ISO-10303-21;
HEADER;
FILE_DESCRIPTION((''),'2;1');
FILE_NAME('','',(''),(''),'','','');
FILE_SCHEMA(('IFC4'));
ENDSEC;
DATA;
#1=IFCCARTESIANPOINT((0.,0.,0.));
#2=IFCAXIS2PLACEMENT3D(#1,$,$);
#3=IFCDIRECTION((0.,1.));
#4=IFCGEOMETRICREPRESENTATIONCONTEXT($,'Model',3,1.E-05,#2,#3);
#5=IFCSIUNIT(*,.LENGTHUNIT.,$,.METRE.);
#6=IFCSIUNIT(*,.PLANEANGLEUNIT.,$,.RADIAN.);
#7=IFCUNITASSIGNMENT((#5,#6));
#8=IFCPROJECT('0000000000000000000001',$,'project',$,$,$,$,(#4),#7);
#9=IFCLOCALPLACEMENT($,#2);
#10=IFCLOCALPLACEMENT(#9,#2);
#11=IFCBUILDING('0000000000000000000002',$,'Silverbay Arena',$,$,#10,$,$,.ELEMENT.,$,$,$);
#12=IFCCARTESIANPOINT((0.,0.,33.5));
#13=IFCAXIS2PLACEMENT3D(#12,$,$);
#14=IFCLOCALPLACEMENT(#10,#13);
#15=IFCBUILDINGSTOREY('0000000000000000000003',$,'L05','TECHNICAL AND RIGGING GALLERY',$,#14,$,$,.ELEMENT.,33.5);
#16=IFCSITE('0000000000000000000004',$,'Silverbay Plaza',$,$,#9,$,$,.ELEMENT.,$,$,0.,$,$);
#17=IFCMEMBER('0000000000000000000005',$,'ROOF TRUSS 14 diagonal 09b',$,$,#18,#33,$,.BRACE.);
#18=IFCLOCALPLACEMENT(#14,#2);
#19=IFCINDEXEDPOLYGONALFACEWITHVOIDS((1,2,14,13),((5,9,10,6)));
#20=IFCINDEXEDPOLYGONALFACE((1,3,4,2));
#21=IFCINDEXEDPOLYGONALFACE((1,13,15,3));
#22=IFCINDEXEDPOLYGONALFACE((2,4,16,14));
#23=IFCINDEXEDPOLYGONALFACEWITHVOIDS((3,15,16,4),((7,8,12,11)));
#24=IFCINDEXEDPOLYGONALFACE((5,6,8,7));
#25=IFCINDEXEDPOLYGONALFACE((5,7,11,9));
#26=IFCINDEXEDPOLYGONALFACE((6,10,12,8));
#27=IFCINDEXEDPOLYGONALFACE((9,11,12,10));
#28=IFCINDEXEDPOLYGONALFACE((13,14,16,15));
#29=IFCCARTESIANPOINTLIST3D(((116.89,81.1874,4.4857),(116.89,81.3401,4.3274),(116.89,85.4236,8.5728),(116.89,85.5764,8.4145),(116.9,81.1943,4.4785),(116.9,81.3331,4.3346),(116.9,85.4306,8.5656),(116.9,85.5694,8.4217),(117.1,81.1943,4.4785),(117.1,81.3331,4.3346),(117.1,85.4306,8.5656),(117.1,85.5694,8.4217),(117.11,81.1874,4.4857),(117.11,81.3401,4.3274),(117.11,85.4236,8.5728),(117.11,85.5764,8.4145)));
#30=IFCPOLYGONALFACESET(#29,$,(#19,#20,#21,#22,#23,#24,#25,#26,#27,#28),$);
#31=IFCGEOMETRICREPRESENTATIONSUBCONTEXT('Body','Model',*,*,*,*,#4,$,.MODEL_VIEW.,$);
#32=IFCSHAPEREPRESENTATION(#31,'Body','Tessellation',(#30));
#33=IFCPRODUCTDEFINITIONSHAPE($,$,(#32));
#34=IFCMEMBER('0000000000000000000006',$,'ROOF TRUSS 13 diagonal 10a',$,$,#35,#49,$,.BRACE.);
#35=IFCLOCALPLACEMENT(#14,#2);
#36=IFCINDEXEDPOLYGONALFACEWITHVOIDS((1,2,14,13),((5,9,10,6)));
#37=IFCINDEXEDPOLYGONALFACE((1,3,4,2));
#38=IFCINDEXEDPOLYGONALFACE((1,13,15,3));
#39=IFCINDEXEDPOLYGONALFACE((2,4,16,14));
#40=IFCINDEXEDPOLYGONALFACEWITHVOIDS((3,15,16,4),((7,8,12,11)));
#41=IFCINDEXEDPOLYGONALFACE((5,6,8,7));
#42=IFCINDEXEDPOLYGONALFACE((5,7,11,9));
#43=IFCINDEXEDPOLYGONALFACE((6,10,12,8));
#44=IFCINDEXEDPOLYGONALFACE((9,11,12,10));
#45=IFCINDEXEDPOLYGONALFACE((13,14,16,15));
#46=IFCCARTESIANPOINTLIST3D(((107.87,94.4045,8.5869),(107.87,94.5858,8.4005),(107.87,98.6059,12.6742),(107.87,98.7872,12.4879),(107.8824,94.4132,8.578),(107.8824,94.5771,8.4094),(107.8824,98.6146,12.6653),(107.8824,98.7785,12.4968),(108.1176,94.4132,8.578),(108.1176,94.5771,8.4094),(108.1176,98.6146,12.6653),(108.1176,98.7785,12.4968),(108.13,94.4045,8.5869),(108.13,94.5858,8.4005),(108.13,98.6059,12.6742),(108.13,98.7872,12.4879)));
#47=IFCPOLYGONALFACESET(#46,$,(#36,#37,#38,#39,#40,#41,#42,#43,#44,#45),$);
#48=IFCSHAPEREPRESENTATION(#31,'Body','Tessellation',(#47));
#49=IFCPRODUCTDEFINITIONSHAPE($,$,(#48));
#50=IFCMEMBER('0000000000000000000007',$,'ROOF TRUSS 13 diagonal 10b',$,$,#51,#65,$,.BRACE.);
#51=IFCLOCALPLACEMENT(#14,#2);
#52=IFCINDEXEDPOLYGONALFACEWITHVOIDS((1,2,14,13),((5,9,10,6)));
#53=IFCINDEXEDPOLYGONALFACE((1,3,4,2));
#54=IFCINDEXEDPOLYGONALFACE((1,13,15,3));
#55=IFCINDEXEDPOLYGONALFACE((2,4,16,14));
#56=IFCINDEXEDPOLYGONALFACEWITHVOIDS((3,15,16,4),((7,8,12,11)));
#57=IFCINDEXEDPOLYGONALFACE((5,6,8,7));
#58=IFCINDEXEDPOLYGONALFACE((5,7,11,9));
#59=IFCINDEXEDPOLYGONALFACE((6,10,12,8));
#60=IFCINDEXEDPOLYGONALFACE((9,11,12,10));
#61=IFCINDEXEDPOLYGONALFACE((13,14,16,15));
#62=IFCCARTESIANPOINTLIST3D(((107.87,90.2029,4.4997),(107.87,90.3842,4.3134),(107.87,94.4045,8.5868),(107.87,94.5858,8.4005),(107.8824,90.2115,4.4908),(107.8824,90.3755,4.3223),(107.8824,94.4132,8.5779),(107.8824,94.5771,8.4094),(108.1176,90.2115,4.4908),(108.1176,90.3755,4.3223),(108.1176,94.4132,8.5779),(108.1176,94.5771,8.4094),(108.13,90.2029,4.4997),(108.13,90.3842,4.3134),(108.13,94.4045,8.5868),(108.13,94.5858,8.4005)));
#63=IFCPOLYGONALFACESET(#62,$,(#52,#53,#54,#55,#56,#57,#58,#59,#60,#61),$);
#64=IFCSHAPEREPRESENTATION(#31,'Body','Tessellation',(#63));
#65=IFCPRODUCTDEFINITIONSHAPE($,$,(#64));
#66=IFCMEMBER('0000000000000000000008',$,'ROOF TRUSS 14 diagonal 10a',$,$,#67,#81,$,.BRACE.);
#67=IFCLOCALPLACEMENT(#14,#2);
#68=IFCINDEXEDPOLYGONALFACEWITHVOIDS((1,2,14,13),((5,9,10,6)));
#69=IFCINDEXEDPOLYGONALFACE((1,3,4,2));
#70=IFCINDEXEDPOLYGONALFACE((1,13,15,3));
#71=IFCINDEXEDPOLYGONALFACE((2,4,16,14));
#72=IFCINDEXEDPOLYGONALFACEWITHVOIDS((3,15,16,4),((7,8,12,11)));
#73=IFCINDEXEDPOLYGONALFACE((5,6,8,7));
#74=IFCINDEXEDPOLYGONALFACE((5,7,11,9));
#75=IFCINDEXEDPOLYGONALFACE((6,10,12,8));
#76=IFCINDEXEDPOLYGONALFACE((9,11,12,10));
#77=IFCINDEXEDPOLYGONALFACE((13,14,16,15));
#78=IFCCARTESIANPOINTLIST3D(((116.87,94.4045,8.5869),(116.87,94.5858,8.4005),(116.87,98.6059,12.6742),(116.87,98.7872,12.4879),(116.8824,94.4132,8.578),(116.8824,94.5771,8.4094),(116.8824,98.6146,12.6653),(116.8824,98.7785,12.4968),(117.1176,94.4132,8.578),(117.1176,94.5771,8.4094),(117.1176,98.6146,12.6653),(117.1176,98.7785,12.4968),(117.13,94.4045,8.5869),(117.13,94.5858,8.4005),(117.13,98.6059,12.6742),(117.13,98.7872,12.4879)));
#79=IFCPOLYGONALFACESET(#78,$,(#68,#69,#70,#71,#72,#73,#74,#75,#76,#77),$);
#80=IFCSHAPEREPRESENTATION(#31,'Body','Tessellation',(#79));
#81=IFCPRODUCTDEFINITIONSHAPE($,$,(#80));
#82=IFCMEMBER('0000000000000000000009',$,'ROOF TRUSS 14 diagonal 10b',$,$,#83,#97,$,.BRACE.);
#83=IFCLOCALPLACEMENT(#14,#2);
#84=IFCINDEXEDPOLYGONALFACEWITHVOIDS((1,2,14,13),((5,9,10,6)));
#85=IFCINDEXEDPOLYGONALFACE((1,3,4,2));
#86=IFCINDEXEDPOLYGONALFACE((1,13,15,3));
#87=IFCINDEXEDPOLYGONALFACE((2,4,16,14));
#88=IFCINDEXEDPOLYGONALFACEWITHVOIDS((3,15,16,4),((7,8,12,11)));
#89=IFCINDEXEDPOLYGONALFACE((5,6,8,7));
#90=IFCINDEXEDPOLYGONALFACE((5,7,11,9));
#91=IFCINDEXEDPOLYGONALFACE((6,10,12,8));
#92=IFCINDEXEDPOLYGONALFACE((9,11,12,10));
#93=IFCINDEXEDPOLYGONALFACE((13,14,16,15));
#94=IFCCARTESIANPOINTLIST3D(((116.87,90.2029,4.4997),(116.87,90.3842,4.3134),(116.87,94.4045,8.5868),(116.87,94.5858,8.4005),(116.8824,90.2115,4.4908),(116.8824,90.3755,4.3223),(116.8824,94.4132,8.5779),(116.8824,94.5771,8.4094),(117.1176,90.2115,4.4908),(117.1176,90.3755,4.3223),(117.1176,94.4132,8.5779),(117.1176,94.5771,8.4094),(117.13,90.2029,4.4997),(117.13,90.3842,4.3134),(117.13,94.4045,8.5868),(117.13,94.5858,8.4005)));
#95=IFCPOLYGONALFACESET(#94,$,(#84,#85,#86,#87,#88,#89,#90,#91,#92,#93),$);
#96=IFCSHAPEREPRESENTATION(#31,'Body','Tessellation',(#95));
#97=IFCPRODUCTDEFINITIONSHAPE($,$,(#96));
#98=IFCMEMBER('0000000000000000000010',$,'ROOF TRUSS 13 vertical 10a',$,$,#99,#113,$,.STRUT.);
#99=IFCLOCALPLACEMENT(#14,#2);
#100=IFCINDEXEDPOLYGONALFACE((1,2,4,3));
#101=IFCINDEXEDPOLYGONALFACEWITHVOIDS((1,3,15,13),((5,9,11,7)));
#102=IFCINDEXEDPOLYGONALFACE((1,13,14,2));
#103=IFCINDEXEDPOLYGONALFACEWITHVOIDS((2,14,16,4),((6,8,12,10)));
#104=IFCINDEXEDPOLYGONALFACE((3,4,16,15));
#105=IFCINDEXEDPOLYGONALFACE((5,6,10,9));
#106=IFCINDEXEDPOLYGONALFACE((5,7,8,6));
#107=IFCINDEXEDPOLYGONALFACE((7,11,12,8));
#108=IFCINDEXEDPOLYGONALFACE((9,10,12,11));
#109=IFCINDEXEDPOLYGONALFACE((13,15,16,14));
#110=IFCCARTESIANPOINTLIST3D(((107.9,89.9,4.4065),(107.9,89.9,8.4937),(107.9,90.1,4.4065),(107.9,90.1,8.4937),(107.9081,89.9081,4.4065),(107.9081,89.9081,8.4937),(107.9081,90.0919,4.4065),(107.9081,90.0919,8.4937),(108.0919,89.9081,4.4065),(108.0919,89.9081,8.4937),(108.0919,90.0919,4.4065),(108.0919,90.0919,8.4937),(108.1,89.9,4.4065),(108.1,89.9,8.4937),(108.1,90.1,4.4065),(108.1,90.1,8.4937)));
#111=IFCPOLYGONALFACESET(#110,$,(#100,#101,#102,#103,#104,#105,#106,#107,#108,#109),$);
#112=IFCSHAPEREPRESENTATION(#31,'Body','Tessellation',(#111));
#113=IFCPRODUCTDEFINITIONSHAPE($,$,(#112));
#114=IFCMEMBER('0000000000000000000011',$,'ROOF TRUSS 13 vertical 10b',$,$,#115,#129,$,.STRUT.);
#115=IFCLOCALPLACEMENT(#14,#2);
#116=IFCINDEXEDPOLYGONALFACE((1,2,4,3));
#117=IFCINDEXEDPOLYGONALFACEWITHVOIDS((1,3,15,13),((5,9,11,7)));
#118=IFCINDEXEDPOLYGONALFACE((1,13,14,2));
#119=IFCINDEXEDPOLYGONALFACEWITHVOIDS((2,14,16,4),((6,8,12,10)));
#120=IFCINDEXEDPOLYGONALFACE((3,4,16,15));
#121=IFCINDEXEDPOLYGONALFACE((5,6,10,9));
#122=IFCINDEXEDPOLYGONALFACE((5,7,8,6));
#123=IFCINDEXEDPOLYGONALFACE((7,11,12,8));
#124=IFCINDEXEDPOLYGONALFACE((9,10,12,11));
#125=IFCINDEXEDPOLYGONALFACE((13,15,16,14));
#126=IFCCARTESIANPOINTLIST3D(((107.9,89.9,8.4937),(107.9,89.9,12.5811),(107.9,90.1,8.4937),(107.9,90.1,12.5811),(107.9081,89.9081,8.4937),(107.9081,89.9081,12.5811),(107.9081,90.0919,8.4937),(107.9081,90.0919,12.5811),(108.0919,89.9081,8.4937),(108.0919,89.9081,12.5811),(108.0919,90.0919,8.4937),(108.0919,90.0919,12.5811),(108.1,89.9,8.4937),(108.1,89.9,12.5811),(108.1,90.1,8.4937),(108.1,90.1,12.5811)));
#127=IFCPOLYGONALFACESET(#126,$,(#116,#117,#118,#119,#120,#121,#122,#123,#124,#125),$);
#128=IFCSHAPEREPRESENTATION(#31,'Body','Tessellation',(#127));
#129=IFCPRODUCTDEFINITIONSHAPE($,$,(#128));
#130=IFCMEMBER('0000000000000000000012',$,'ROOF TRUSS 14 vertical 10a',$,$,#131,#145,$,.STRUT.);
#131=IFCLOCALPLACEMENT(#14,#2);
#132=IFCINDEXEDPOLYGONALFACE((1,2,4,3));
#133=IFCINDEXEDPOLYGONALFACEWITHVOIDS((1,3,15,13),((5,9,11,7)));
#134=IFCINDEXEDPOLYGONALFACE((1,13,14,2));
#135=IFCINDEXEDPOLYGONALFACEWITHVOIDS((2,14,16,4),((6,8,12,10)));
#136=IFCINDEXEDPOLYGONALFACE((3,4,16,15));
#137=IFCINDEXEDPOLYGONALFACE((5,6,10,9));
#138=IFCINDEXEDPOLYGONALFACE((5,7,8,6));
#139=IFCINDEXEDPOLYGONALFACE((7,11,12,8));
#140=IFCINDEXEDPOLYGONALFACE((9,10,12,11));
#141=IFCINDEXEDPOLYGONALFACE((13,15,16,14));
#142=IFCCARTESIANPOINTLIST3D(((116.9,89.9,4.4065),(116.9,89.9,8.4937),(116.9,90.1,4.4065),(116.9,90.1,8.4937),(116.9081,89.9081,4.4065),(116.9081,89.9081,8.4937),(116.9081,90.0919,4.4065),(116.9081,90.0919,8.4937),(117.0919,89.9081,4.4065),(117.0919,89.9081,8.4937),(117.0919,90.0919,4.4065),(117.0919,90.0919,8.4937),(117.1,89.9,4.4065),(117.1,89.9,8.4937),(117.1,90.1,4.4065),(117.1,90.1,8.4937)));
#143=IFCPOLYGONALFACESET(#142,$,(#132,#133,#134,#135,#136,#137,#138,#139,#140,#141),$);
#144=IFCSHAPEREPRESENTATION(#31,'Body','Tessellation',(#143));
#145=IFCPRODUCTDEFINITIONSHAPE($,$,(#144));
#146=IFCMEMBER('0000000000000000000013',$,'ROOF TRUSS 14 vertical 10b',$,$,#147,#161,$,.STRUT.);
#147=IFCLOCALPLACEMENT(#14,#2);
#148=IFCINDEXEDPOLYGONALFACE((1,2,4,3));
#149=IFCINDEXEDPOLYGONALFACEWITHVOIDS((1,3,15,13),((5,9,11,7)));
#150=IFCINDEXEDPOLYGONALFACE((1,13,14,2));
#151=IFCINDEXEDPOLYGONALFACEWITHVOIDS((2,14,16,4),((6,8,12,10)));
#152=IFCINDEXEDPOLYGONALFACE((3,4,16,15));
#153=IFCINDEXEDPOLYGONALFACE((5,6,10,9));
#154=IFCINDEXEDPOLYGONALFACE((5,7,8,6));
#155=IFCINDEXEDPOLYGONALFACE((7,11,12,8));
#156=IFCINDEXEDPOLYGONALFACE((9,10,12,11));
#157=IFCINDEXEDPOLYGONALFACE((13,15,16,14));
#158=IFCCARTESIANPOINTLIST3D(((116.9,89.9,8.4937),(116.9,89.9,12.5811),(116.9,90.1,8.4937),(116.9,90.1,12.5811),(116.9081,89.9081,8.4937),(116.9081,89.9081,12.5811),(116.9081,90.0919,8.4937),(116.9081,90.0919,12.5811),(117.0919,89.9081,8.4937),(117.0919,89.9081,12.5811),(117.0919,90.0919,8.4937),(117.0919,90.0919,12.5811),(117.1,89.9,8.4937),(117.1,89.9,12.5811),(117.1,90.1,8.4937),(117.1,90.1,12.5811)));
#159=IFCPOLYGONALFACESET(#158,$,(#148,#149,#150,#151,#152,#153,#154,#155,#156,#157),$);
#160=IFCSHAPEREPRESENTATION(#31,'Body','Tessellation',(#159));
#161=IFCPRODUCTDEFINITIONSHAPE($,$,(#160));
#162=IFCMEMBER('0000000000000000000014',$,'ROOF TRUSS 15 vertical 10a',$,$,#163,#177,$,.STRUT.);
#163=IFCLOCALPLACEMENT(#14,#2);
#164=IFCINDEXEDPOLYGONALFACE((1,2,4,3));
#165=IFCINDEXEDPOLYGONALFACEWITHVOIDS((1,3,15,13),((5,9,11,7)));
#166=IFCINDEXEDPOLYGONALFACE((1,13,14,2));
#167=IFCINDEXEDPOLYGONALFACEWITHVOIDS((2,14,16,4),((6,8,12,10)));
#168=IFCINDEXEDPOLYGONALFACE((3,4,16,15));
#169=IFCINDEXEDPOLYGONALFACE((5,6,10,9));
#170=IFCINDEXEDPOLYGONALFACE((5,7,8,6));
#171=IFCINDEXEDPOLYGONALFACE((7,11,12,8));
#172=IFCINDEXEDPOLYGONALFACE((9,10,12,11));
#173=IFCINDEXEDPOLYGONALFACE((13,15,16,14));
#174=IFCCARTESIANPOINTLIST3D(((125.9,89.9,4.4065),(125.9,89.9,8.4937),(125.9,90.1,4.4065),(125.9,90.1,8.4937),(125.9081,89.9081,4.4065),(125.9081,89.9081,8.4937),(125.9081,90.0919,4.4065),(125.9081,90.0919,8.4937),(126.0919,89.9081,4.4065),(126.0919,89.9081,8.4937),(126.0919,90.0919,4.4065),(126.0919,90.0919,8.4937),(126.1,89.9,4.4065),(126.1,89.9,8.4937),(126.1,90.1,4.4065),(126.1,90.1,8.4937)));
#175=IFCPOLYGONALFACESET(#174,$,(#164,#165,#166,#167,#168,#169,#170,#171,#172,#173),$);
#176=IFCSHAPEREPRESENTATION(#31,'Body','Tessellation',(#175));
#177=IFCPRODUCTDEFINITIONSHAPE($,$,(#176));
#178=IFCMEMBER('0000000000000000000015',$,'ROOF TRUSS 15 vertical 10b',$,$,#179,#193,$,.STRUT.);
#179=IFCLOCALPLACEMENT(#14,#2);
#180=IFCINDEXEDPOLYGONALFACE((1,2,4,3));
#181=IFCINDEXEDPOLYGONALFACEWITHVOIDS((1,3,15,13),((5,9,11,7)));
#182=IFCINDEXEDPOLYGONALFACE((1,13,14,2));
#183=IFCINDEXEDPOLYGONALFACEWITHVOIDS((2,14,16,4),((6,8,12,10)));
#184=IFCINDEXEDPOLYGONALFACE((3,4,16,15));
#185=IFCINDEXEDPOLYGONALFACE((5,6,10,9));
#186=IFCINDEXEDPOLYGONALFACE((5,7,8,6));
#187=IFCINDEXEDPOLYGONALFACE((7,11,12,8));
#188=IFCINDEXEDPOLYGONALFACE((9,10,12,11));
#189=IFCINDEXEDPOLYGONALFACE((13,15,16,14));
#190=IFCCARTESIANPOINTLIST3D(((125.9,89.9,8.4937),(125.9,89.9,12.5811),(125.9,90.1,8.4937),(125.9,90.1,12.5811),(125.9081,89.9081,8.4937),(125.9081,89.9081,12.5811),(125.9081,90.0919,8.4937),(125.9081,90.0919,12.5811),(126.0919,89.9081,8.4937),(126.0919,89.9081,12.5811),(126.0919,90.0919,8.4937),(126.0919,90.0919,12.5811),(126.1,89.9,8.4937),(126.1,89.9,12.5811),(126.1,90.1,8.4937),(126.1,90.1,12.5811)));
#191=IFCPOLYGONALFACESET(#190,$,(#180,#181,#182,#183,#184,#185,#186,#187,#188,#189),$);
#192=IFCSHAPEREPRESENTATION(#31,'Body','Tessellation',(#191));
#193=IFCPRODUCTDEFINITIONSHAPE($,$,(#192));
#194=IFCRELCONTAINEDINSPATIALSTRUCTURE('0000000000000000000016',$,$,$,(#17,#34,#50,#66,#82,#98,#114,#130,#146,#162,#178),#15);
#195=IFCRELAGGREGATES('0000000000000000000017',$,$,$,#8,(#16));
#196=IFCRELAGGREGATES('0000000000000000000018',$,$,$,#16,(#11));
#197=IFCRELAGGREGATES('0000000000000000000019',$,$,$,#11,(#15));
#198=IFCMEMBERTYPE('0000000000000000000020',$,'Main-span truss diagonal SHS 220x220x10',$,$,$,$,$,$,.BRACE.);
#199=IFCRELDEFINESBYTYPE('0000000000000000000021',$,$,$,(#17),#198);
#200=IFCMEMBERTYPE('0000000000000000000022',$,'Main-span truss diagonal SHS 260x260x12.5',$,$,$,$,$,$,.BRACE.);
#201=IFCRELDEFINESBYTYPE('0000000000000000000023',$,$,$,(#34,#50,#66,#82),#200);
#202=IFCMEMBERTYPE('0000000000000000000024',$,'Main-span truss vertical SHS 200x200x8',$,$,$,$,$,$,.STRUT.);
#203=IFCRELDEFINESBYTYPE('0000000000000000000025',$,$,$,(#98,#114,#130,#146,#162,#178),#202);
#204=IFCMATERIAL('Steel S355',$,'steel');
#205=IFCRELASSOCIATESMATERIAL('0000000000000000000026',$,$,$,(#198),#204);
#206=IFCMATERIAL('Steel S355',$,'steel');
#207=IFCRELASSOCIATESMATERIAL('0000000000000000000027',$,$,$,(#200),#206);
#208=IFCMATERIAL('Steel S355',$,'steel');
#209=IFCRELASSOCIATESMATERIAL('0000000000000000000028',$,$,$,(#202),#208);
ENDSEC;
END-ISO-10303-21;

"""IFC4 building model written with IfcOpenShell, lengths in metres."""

from ifc_helpers import new_model, si_unit, direction, frame, origin, origin_2d, place, context, subcontext, project, spatial, hollow_rectangle, extrude, material, material_profile, profile_set, type_object, element, save


model = new_model("IFC4")

# Units and contexts
model_context = context("Model", 3, precision=1e-05, world=origin(), true_north=direction((0.0, 1.0)))
body_context = subcontext(model_context, "Body", "Model", "MODEL_VIEW")
ifc_project = project(units=[si_unit("LENGTHUNIT", "METRE"), si_unit("PLANEANGLEUNIT", "RADIAN")], contexts=[model_context])

# Site, building, storey
site_placement = place(None, origin())
site = spatial("IfcSite", under=ifc_project, at=site_placement, Name="Silverbay Plaza", CompositionType="ELEMENT", RefElevation=0.0)
building_placement = place(site_placement, origin())
building = spatial("IfcBuilding", under=site, at=building_placement, Name="Silverbay Arena", CompositionType="ELEMENT")
storey_placement = place(building_placement, frame((0.0, 0.0, 33.5)))
storey = spatial("IfcBuildingStorey", under=building, at=storey_placement, Name="L05", Description="TECHNICAL AND RIGGING GALLERY", CompositionType="ELEMENT", Elevation=33.5)

# Members
ifc_material_1 = material(Name="Steel S355", Category="steel")
ifc_material_profile_1 = material_profile(ifc_material_1, hollow_rectangle(XDim=0.22, YDim=0.22, WallThickness=0.01, at=origin_2d()), Name="SHS 220x220x10")
ifc_profile_set_1 = profile_set([ifc_material_profile_1], Name="Steel S355")
member_type_1 = type_object("IfcMemberType", Name="Main-span truss diagonal SHS 220x220x10", PredefinedType="BRACE", material=ifc_profile_set_1)
member_1_placement = place(storey_placement, frame((117.0, 85.5, 8.4937), z_axis=(0.0, -0.719664, -0.694323), x_axis=(1.0, 0.0, 0.0)))
element("IfcMember", 1, at=member_1_placement, inside=storey, type_object=member_type_1, Name="ROOF TRUSS 14 diagonal 09b", PredefinedType="BRACE", context=body_context, shape_type="SweptSolid", body=[
    extrude(hollow_rectangle(XDim=0.22, YDim=0.22, WallThickness=0.01, at=origin_2d()), origin(), (0.0, 0.0, 1.0), 5.8865),
])
ifc_material_2 = material(Name="Steel S355", Category="steel")
ifc_material_profile_2 = material_profile(ifc_material_2, hollow_rectangle(XDim=0.26, YDim=0.26, WallThickness=0.0125, at=origin_2d()), Name="SHS 260x260x12.5")
ifc_profile_set_2 = profile_set([ifc_material_profile_2], Name="Steel S355")
member_type_2 = type_object("IfcMemberType", Name="Main-span truss diagonal SHS 260x260x12.5", PredefinedType="BRACE", material=ifc_profile_set_2)
for number, where, z_axis, x_axis, name in (
    (2, (108.0, 98.6965, 12.5811), (0.0, -0.716765, -0.697314), (1.0, 0.0, 0.0), "ROOF TRUSS 13 diagonal 10a"),
    (3, (108.0, 94.4951, 8.4937), (0.0, -0.716806, -0.697272), (1.0, 0.0, 0.0), "ROOF TRUSS 13 diagonal 10b"),
    (4, (117.0, 98.6965, 12.5811), (0.0, -0.716765, -0.697314), (1.0, 0.0, 0.0), "ROOF TRUSS 14 diagonal 10a"),
    (5, (117.0, 94.4951, 8.4937), (0.0, -0.716806, -0.697272), (1.0, 0.0, 0.0), "ROOF TRUSS 14 diagonal 10b"),
):
    element("IfcMember", number, at=place(storey_placement, frame(where, z_axis=z_axis, x_axis=x_axis)), inside=storey, type_object=member_type_2, Name=name, PredefinedType="BRACE", context=body_context, shape_type="SweptSolid", body=[
        extrude(hollow_rectangle(XDim=0.26, YDim=0.26, WallThickness=0.0125, at=origin_2d()), origin(), (0.0, 0.0, 1.0), 5.8616),
    ])
ifc_material_3 = material(Name="Steel S355", Category="steel")
ifc_material_profile_3 = material_profile(ifc_material_3, hollow_rectangle(XDim=0.2, YDim=0.2, WallThickness=0.0081, at=origin_2d()), Name="SHS 200x200x8")
ifc_profile_set_3 = profile_set([ifc_material_profile_3], Name="Steel S355")
member_type_3 = type_object("IfcMemberType", Name="Main-span truss vertical SHS 200x200x8", PredefinedType="STRUT", material=ifc_profile_set_3)
member_2_placement = place(storey_placement, frame((108.0, 90.0, 4.4065), z_axis=(0.0, 0.0, 1.0), x_axis=(1.0, 0.0, 0.0)))
element("IfcMember", 6, at=member_2_placement, inside=storey, type_object=member_type_3, Name="ROOF TRUSS 13 vertical 10a", PredefinedType="STRUT", context=body_context, shape_type="SweptSolid", body=[
    extrude(hollow_rectangle(XDim=0.2, YDim=0.2, WallThickness=0.0081, at=origin_2d()), origin(), (0.0, 0.0, 1.0), 4.0872),
])
member_3_placement = place(storey_placement, frame((108.0, 90.0, 8.4937), z_axis=(0.0, 0.0, 1.0), x_axis=(1.0, 0.0, 0.0)))
element("IfcMember", 7, at=member_3_placement, inside=storey, type_object=member_type_3, Name="ROOF TRUSS 13 vertical 10b", PredefinedType="STRUT", context=body_context, shape_type="SweptSolid", body=[
    extrude(hollow_rectangle(XDim=0.2, YDim=0.2, WallThickness=0.0081, at=origin_2d()), origin(), (0.0, 0.0, 1.0), 4.0874),
])
member_4_placement = place(storey_placement, frame((117.0, 90.0, 4.4065), z_axis=(0.0, 0.0, 1.0), x_axis=(1.0, 0.0, 0.0)))
element("IfcMember", 8, at=member_4_placement, inside=storey, type_object=member_type_3, Name="ROOF TRUSS 14 vertical 10a", PredefinedType="STRUT", context=body_context, shape_type="SweptSolid", body=[
    extrude(hollow_rectangle(XDim=0.2, YDim=0.2, WallThickness=0.0081, at=origin_2d()), origin(), (0.0, 0.0, 1.0), 4.0872),
])
member_5_placement = place(storey_placement, frame((117.0, 90.0, 8.4937), z_axis=(0.0, 0.0, 1.0), x_axis=(1.0, 0.0, 0.0)))
element("IfcMember", 9, at=member_5_placement, inside=storey, type_object=member_type_3, Name="ROOF TRUSS 14 vertical 10b", PredefinedType="STRUT", context=body_context, shape_type="SweptSolid", body=[
    extrude(hollow_rectangle(XDim=0.2, YDim=0.2, WallThickness=0.0081, at=origin_2d()), origin(), (0.0, 0.0, 1.0), 4.0874),
])
member_6_placement = place(storey_placement, frame((126.0, 90.0, 4.4065), z_axis=(0.0, 0.0, 1.0), x_axis=(1.0, 0.0, 0.0)))
element("IfcMember", 10, at=member_6_placement, inside=storey, type_object=member_type_3, Name="ROOF TRUSS 15 vertical 10a", PredefinedType="STRUT", context=body_context, shape_type="SweptSolid", body=[
    extrude(hollow_rectangle(XDim=0.2, YDim=0.2, WallThickness=0.0081, at=origin_2d()), origin(), (0.0, 0.0, 1.0), 4.0872),
])
member_7_placement = place(storey_placement, frame((126.0, 90.0, 8.4937), z_axis=(0.0, 0.0, 1.0), x_axis=(1.0, 0.0, 0.0)))
element("IfcMember", 11, at=member_7_placement, inside=storey, type_object=member_type_3, Name="ROOF TRUSS 15 vertical 10b", PredefinedType="STRUT", context=body_context, shape_type="SweptSolid", body=[
    extrude(hollow_rectangle(XDim=0.2, YDim=0.2, WallThickness=0.0081, at=origin_2d()), origin(), (0.0, 0.0, 1.0), 4.0874),
])

save(model, "model.ifc")
